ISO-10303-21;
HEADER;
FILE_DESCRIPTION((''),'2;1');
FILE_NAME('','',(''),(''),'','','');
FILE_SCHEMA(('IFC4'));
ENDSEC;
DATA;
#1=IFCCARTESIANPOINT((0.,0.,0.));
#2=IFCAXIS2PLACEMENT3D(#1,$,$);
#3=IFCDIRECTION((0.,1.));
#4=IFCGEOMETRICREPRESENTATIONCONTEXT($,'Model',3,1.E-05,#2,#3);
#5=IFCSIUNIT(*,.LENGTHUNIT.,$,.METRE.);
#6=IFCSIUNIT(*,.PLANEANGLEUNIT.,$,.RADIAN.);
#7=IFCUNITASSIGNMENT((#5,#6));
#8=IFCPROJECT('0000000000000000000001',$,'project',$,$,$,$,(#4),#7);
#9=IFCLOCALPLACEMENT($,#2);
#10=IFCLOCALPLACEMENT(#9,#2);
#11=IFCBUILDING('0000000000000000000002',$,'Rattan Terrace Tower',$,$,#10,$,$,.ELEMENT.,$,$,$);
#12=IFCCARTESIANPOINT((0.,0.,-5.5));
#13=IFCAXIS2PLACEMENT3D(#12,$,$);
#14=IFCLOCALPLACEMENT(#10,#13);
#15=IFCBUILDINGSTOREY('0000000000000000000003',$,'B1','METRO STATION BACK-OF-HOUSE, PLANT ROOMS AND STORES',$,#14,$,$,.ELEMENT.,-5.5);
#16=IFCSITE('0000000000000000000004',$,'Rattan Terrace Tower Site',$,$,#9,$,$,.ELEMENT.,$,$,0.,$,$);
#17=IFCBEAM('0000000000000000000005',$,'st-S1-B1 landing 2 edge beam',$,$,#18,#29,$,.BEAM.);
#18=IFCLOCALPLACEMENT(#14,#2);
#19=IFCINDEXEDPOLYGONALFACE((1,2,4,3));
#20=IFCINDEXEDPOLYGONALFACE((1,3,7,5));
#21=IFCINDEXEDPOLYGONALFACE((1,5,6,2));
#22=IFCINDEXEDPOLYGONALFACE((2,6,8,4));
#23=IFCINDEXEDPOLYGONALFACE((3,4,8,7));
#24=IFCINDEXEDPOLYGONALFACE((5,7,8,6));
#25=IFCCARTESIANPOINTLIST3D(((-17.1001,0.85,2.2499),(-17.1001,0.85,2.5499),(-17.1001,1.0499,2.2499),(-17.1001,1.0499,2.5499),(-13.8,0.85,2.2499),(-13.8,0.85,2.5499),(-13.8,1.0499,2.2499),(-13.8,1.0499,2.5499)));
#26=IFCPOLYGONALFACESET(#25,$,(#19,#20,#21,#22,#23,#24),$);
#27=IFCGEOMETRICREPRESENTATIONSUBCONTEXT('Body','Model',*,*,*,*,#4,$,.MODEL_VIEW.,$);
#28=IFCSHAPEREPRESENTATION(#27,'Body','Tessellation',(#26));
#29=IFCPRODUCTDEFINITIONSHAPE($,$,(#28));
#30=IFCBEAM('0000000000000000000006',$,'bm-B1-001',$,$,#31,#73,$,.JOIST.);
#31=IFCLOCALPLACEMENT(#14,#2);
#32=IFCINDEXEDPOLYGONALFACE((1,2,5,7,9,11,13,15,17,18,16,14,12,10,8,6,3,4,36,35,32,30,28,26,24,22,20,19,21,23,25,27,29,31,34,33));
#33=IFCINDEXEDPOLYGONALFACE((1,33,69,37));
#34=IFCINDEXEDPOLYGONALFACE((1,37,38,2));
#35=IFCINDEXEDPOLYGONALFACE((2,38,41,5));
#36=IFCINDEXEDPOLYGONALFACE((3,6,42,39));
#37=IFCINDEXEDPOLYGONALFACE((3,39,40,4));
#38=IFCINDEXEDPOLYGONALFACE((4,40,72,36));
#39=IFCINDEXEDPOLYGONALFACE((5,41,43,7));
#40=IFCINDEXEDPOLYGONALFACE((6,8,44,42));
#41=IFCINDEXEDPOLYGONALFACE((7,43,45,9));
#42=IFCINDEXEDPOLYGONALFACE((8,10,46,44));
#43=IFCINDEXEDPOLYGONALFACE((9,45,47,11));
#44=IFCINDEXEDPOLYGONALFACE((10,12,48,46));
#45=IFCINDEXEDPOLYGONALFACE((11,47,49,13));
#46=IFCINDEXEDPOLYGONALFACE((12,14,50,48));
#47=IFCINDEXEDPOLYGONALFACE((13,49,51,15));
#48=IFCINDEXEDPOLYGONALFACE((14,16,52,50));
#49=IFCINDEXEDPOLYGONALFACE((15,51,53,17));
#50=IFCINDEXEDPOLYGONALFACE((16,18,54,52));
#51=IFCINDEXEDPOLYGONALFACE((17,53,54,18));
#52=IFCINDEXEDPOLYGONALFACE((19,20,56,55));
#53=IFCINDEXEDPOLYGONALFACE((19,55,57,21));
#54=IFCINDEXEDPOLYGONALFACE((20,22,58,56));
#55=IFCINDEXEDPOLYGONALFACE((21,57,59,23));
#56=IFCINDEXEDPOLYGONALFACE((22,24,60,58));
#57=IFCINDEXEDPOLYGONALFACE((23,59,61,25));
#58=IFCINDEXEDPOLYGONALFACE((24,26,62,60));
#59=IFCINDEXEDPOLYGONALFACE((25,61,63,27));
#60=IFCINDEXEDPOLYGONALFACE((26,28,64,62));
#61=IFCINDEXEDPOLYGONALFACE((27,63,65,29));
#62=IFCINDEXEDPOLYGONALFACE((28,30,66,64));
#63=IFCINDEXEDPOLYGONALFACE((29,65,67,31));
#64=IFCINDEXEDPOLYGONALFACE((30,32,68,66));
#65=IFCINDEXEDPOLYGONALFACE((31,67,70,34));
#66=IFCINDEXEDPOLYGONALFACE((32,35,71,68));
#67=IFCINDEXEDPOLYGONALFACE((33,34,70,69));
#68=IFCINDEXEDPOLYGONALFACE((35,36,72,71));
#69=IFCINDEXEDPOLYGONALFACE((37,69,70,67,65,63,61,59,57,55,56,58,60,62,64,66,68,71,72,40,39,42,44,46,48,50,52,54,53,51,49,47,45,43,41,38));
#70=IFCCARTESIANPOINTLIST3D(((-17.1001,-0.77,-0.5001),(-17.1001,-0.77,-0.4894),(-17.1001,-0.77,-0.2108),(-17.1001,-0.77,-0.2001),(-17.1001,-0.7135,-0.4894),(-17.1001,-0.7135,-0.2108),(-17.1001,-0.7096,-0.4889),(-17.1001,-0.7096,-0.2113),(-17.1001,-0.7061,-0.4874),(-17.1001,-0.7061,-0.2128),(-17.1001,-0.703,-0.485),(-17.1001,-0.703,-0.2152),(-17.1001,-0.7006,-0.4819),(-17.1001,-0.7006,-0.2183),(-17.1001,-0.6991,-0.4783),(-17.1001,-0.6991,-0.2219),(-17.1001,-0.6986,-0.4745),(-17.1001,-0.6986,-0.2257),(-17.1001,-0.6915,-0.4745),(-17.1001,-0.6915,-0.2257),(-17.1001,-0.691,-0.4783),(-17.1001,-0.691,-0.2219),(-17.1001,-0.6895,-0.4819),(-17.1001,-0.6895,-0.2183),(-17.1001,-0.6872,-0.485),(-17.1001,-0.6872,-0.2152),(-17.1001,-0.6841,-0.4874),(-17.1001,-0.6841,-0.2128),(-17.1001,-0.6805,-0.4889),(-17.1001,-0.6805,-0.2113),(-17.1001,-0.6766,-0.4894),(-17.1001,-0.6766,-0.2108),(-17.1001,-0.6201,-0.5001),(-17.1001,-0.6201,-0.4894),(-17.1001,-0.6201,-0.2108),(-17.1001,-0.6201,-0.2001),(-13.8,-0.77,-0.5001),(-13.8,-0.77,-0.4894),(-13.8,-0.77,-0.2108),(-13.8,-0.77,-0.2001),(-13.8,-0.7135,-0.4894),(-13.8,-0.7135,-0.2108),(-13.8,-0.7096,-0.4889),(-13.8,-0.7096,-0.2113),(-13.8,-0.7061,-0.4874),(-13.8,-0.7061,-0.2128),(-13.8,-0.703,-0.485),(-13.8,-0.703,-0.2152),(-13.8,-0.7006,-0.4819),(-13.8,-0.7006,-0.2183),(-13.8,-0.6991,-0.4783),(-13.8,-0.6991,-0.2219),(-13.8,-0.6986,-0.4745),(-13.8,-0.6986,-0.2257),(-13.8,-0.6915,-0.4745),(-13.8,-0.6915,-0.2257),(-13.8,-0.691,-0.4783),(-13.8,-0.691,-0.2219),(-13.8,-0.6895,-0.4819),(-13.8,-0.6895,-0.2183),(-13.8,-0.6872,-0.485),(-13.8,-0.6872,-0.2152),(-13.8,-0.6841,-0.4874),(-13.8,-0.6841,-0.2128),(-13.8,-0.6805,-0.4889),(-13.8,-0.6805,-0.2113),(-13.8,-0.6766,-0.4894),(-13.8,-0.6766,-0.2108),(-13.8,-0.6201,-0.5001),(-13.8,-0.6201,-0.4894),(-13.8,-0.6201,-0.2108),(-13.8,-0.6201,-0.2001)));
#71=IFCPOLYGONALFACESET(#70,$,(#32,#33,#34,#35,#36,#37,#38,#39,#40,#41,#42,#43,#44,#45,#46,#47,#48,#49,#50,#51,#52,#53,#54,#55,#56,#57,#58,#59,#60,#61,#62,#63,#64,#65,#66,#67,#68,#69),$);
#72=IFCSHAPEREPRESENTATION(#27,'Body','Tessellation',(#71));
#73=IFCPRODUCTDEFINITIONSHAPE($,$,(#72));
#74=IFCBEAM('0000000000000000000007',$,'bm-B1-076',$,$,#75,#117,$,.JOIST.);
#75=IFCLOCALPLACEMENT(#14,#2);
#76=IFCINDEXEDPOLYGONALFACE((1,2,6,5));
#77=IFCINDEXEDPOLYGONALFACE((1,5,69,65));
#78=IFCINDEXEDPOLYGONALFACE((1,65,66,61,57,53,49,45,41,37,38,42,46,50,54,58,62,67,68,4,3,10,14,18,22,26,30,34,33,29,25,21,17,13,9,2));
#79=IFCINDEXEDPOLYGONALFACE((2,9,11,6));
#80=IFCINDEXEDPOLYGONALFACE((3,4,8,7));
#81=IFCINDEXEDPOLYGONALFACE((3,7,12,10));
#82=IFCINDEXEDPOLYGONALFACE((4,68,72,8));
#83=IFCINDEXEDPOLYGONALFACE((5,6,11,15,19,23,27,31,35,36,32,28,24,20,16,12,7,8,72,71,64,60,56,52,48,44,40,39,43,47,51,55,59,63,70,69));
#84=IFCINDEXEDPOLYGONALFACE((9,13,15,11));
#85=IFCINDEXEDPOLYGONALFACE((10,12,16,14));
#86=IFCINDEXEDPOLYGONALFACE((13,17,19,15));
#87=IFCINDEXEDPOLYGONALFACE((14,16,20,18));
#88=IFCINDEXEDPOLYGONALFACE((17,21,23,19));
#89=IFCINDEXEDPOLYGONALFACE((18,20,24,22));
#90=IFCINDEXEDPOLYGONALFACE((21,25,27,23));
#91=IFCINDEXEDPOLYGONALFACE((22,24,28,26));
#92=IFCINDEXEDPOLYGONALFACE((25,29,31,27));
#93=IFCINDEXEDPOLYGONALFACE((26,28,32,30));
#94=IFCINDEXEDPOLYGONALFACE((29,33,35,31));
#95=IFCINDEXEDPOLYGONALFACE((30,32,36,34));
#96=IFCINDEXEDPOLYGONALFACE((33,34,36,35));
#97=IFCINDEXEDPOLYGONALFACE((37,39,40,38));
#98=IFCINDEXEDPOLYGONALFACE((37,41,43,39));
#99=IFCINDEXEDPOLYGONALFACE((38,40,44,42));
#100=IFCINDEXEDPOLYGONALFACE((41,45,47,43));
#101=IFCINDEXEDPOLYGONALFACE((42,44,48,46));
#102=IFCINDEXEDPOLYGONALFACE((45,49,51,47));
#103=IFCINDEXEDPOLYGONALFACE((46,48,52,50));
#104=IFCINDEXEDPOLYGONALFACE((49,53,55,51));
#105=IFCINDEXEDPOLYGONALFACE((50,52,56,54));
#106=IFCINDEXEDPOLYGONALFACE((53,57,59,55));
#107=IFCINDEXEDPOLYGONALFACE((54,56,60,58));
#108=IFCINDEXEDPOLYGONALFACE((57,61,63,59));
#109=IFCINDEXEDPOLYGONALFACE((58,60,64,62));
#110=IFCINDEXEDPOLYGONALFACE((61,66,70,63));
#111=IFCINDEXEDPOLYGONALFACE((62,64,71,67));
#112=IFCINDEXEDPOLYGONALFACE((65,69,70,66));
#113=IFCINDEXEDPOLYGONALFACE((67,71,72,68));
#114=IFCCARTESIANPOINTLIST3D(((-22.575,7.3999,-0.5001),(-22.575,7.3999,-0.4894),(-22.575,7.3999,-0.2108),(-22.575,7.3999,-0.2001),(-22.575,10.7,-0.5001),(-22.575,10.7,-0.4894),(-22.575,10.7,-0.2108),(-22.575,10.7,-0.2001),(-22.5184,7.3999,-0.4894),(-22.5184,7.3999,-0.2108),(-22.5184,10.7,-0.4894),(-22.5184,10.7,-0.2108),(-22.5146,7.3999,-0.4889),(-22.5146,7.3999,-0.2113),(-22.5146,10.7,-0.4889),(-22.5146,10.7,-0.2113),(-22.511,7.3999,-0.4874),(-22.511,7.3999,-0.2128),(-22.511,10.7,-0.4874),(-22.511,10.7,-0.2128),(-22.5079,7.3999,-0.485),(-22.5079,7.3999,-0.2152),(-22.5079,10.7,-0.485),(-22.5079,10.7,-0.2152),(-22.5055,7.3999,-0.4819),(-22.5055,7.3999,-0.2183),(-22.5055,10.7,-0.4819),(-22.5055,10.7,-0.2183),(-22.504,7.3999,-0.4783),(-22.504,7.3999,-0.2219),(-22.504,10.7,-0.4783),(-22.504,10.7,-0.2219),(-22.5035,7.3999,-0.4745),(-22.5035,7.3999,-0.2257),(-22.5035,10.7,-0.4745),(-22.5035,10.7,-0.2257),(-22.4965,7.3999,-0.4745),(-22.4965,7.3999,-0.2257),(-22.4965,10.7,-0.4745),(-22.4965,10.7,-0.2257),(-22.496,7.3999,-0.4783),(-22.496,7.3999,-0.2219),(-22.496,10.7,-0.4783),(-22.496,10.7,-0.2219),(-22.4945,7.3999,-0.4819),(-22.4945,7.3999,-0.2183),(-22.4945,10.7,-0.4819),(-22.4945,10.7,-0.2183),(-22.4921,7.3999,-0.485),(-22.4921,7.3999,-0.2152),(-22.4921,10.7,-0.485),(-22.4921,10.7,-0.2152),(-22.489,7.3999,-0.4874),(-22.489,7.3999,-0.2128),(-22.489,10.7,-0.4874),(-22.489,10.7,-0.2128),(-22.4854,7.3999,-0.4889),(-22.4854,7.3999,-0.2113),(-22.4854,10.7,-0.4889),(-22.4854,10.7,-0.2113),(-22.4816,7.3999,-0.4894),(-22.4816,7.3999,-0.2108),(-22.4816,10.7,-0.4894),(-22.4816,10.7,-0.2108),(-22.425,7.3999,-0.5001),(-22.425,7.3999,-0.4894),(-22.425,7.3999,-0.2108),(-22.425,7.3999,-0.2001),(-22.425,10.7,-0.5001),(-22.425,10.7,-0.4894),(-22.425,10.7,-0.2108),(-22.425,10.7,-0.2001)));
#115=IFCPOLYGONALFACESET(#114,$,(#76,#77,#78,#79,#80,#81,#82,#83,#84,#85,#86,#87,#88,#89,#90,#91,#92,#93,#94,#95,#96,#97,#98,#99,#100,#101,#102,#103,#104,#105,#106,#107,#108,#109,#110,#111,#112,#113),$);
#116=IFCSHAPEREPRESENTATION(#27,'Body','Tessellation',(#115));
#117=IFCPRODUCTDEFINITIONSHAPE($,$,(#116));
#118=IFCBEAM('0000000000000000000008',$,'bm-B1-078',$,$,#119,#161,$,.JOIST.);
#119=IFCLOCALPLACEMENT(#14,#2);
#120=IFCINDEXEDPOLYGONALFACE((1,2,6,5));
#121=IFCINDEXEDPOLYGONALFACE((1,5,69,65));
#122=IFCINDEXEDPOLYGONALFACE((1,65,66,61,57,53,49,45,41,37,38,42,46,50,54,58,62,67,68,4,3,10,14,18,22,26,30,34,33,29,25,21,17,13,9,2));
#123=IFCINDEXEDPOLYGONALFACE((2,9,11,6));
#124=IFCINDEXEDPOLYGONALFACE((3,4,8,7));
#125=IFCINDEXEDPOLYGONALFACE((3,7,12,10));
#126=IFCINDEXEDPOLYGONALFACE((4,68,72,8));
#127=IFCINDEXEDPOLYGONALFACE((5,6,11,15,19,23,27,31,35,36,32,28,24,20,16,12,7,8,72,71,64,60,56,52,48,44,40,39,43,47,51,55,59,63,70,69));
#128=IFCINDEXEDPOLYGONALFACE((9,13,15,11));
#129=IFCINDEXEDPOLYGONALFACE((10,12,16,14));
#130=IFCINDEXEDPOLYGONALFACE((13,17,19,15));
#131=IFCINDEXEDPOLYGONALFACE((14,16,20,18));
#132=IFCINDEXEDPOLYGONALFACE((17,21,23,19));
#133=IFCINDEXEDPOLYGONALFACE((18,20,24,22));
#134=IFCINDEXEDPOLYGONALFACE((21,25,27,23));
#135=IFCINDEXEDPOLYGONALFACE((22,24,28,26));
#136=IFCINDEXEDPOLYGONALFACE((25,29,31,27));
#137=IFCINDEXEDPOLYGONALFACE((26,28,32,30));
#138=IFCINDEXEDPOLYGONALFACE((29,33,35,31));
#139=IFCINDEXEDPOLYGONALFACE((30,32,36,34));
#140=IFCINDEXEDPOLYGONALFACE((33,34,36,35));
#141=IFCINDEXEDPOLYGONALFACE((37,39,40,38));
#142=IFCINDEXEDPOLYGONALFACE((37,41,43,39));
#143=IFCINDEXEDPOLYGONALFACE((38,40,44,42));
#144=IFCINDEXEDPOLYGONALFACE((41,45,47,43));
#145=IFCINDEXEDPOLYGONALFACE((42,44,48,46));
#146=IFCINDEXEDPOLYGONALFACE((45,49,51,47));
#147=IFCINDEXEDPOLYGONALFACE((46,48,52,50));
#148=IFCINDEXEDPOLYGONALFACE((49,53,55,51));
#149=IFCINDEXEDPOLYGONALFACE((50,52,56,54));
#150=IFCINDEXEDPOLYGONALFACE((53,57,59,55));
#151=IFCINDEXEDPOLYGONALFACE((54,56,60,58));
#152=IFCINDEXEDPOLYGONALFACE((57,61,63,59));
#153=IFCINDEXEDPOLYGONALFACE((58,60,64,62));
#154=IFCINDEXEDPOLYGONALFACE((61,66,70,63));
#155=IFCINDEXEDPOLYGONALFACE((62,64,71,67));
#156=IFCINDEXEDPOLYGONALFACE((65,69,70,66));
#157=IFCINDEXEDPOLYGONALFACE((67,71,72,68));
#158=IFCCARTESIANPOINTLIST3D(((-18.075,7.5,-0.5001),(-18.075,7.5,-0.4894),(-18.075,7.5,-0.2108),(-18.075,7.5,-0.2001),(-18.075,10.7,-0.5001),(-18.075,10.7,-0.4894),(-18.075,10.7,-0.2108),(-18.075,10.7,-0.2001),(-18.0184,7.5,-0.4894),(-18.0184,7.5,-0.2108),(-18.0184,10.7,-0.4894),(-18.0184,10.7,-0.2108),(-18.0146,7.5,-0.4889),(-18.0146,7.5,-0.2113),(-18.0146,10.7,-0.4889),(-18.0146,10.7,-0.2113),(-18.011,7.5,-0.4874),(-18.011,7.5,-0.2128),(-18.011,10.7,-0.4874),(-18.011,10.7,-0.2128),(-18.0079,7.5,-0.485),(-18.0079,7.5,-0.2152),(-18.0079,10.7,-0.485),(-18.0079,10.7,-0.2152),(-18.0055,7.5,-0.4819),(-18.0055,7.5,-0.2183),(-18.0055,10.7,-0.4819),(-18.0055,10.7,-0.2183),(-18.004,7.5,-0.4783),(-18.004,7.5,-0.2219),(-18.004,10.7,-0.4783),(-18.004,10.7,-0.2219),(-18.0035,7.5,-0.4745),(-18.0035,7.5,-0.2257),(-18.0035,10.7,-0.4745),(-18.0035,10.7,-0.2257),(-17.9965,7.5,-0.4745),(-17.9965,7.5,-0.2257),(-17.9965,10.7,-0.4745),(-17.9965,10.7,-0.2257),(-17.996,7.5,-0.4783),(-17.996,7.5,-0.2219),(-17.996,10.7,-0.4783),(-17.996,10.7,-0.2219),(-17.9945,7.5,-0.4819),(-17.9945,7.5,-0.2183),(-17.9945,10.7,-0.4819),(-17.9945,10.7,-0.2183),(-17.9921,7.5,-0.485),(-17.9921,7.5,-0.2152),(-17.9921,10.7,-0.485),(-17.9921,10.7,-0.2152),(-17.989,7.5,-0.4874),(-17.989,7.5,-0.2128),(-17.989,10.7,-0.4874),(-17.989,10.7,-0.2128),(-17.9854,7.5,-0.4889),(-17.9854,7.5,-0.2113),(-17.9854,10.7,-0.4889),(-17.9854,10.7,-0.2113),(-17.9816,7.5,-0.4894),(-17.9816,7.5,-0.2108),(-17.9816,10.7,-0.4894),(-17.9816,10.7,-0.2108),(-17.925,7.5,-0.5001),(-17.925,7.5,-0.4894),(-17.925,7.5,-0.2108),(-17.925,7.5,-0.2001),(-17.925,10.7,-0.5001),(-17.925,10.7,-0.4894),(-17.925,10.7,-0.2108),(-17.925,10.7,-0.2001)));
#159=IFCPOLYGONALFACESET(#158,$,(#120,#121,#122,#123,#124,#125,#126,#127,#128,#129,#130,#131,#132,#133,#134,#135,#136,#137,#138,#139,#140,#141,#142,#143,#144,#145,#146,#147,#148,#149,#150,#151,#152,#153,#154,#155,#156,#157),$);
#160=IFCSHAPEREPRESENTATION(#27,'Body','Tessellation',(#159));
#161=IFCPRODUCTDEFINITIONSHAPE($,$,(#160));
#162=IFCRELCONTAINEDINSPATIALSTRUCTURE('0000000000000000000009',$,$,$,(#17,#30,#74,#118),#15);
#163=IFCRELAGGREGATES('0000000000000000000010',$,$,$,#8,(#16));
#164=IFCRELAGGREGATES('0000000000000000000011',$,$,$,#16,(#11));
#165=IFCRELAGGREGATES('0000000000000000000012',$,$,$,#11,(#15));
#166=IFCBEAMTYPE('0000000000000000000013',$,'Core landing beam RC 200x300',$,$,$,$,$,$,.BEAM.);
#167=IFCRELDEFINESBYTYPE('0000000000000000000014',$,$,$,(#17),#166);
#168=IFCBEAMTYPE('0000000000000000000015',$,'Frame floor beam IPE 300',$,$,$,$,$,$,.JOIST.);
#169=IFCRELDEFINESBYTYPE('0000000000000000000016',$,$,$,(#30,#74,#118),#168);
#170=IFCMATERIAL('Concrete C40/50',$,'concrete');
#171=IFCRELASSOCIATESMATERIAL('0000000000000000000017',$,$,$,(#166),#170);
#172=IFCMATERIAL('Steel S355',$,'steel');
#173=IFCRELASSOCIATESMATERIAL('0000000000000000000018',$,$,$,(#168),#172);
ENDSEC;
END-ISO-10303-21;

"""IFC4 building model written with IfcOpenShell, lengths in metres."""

from ifc_helpers import new_model, si_unit, direction, frame, origin, origin_2d, place, context, subcontext, project, spatial, rectangle, i_section, extrude, material, material_profile, profile_set, type_object, element, save


model = new_model("IFC4")

# Units and contexts
model_context = context("Model", 3, precision=1e-05, world=origin(), true_north=direction((0.0, 1.0)))
body_context = subcontext(model_context, "Body", "Model", "MODEL_VIEW")
ifc_project = project(units=[si_unit("LENGTHUNIT", "METRE"), si_unit("PLANEANGLEUNIT", "RADIAN")], contexts=[model_context])

# Site, building, storey
site_placement = place(None, origin())
site = spatial("IfcSite", under=ifc_project, at=site_placement, Name="Rattan Terrace Tower Site", CompositionType="ELEMENT", RefElevation=0.0)
building_placement = place(site_placement, origin())
building = spatial("IfcBuilding", under=site, at=building_placement, Name="Rattan Terrace Tower", CompositionType="ELEMENT")
storey_placement = place(building_placement, frame((0.0, 0.0, -5.5)))
storey = spatial("IfcBuildingStorey", under=building, at=storey_placement, Name="B1", Description="METRO STATION BACK-OF-HOUSE, PLANT ROOMS AND STORES", CompositionType="ELEMENT", Elevation=-5.5)

# Beams
ifc_material_1 = material(Name="Concrete C40/50", Category="concrete")
ifc_material_profile_1 = material_profile(ifc_material_1, rectangle(XDim=0.2, YDim=0.3, at=origin_2d()), Name="RC 200x300")
ifc_profile_set_1 = profile_set([ifc_material_profile_1], Name="Concrete C40/50")
beam_type_1 = type_object("IfcBeamType", Name="Core landing beam RC 200x300", PredefinedType="BEAM", material=ifc_profile_set_1)
beam_1_placement = place(storey_placement, frame((-17.1001, 0.95, 2.3999), z_axis=(1.0, 0.0, 0.0), x_axis=(0.0, 1.0, 0.0)))
element("IfcBeam", 1, at=beam_1_placement, inside=storey, type_object=beam_type_1, Name="st-S1-B1 landing 2 edge beam", PredefinedType="BEAM", context=body_context, shape_type="SweptSolid", body=[
    extrude(rectangle(XDim=0.2, YDim=0.3, at=origin_2d()), origin(), (0.0, 0.0, 1.0), 3.3),
])
ifc_material_2 = material(Name="Steel S355", Category="steel")
ifc_material_profile_2 = material_profile(ifc_material_2, i_section(OverallWidth=0.1499, OverallDepth=0.3, WebThickness=0.0071, FlangeThickness=0.0107, FilletRadius=0.0149, at=origin_2d()), Name="IPE 300")
ifc_profile_set_2 = profile_set([ifc_material_profile_2], Name="Steel S355")
beam_type_2 = type_object("IfcBeamType", Name="Frame floor beam IPE 300", PredefinedType="JOIST", material=ifc_profile_set_2)
for number, where, z_axis, x_axis, name in (
    (2, (-17.1001, -0.6951, -0.3501), (1.0, 0.0, 0.0), (0.0, 1.0, 0.0), "bm-B1-001"),
    (3, (-22.5, 7.3999, -0.3501), (0.0, 1.0, 0.0), (-1.0, 0.0, 0.0), "bm-B1-076"),
):
    element("IfcBeam", number, at=place(storey_placement, frame(where, z_axis=z_axis, x_axis=x_axis)), inside=storey, type_object=beam_type_2, Name=name, PredefinedType="JOIST", context=body_context, shape_type="SweptSolid", body=[
        extrude(i_section(OverallWidth=0.1499, OverallDepth=0.3, WebThickness=0.0071, FlangeThickness=0.0107, FilletRadius=0.0149, at=origin_2d()), origin(), (0.0, 0.0, 1.0), 3.3),
    ])
beam_2_placement = place(storey_placement, frame((-18.0, 7.5, -0.3501), z_axis=(0.0, 1.0, 0.0), x_axis=(-1.0, 0.0, 0.0)))
element("IfcBeam", 4, at=beam_2_placement, inside=storey, type_object=beam_type_2, Name="bm-B1-078", PredefinedType="JOIST", context=body_context, shape_type="SweptSolid", body=[
    extrude(i_section(OverallWidth=0.1499, OverallDepth=0.3, WebThickness=0.0071, FlangeThickness=0.0107, FilletRadius=0.0149, at=origin_2d()), origin(), (0.0, 0.0, 1.0), 3.2),
])

save(model, "model.ifc")
